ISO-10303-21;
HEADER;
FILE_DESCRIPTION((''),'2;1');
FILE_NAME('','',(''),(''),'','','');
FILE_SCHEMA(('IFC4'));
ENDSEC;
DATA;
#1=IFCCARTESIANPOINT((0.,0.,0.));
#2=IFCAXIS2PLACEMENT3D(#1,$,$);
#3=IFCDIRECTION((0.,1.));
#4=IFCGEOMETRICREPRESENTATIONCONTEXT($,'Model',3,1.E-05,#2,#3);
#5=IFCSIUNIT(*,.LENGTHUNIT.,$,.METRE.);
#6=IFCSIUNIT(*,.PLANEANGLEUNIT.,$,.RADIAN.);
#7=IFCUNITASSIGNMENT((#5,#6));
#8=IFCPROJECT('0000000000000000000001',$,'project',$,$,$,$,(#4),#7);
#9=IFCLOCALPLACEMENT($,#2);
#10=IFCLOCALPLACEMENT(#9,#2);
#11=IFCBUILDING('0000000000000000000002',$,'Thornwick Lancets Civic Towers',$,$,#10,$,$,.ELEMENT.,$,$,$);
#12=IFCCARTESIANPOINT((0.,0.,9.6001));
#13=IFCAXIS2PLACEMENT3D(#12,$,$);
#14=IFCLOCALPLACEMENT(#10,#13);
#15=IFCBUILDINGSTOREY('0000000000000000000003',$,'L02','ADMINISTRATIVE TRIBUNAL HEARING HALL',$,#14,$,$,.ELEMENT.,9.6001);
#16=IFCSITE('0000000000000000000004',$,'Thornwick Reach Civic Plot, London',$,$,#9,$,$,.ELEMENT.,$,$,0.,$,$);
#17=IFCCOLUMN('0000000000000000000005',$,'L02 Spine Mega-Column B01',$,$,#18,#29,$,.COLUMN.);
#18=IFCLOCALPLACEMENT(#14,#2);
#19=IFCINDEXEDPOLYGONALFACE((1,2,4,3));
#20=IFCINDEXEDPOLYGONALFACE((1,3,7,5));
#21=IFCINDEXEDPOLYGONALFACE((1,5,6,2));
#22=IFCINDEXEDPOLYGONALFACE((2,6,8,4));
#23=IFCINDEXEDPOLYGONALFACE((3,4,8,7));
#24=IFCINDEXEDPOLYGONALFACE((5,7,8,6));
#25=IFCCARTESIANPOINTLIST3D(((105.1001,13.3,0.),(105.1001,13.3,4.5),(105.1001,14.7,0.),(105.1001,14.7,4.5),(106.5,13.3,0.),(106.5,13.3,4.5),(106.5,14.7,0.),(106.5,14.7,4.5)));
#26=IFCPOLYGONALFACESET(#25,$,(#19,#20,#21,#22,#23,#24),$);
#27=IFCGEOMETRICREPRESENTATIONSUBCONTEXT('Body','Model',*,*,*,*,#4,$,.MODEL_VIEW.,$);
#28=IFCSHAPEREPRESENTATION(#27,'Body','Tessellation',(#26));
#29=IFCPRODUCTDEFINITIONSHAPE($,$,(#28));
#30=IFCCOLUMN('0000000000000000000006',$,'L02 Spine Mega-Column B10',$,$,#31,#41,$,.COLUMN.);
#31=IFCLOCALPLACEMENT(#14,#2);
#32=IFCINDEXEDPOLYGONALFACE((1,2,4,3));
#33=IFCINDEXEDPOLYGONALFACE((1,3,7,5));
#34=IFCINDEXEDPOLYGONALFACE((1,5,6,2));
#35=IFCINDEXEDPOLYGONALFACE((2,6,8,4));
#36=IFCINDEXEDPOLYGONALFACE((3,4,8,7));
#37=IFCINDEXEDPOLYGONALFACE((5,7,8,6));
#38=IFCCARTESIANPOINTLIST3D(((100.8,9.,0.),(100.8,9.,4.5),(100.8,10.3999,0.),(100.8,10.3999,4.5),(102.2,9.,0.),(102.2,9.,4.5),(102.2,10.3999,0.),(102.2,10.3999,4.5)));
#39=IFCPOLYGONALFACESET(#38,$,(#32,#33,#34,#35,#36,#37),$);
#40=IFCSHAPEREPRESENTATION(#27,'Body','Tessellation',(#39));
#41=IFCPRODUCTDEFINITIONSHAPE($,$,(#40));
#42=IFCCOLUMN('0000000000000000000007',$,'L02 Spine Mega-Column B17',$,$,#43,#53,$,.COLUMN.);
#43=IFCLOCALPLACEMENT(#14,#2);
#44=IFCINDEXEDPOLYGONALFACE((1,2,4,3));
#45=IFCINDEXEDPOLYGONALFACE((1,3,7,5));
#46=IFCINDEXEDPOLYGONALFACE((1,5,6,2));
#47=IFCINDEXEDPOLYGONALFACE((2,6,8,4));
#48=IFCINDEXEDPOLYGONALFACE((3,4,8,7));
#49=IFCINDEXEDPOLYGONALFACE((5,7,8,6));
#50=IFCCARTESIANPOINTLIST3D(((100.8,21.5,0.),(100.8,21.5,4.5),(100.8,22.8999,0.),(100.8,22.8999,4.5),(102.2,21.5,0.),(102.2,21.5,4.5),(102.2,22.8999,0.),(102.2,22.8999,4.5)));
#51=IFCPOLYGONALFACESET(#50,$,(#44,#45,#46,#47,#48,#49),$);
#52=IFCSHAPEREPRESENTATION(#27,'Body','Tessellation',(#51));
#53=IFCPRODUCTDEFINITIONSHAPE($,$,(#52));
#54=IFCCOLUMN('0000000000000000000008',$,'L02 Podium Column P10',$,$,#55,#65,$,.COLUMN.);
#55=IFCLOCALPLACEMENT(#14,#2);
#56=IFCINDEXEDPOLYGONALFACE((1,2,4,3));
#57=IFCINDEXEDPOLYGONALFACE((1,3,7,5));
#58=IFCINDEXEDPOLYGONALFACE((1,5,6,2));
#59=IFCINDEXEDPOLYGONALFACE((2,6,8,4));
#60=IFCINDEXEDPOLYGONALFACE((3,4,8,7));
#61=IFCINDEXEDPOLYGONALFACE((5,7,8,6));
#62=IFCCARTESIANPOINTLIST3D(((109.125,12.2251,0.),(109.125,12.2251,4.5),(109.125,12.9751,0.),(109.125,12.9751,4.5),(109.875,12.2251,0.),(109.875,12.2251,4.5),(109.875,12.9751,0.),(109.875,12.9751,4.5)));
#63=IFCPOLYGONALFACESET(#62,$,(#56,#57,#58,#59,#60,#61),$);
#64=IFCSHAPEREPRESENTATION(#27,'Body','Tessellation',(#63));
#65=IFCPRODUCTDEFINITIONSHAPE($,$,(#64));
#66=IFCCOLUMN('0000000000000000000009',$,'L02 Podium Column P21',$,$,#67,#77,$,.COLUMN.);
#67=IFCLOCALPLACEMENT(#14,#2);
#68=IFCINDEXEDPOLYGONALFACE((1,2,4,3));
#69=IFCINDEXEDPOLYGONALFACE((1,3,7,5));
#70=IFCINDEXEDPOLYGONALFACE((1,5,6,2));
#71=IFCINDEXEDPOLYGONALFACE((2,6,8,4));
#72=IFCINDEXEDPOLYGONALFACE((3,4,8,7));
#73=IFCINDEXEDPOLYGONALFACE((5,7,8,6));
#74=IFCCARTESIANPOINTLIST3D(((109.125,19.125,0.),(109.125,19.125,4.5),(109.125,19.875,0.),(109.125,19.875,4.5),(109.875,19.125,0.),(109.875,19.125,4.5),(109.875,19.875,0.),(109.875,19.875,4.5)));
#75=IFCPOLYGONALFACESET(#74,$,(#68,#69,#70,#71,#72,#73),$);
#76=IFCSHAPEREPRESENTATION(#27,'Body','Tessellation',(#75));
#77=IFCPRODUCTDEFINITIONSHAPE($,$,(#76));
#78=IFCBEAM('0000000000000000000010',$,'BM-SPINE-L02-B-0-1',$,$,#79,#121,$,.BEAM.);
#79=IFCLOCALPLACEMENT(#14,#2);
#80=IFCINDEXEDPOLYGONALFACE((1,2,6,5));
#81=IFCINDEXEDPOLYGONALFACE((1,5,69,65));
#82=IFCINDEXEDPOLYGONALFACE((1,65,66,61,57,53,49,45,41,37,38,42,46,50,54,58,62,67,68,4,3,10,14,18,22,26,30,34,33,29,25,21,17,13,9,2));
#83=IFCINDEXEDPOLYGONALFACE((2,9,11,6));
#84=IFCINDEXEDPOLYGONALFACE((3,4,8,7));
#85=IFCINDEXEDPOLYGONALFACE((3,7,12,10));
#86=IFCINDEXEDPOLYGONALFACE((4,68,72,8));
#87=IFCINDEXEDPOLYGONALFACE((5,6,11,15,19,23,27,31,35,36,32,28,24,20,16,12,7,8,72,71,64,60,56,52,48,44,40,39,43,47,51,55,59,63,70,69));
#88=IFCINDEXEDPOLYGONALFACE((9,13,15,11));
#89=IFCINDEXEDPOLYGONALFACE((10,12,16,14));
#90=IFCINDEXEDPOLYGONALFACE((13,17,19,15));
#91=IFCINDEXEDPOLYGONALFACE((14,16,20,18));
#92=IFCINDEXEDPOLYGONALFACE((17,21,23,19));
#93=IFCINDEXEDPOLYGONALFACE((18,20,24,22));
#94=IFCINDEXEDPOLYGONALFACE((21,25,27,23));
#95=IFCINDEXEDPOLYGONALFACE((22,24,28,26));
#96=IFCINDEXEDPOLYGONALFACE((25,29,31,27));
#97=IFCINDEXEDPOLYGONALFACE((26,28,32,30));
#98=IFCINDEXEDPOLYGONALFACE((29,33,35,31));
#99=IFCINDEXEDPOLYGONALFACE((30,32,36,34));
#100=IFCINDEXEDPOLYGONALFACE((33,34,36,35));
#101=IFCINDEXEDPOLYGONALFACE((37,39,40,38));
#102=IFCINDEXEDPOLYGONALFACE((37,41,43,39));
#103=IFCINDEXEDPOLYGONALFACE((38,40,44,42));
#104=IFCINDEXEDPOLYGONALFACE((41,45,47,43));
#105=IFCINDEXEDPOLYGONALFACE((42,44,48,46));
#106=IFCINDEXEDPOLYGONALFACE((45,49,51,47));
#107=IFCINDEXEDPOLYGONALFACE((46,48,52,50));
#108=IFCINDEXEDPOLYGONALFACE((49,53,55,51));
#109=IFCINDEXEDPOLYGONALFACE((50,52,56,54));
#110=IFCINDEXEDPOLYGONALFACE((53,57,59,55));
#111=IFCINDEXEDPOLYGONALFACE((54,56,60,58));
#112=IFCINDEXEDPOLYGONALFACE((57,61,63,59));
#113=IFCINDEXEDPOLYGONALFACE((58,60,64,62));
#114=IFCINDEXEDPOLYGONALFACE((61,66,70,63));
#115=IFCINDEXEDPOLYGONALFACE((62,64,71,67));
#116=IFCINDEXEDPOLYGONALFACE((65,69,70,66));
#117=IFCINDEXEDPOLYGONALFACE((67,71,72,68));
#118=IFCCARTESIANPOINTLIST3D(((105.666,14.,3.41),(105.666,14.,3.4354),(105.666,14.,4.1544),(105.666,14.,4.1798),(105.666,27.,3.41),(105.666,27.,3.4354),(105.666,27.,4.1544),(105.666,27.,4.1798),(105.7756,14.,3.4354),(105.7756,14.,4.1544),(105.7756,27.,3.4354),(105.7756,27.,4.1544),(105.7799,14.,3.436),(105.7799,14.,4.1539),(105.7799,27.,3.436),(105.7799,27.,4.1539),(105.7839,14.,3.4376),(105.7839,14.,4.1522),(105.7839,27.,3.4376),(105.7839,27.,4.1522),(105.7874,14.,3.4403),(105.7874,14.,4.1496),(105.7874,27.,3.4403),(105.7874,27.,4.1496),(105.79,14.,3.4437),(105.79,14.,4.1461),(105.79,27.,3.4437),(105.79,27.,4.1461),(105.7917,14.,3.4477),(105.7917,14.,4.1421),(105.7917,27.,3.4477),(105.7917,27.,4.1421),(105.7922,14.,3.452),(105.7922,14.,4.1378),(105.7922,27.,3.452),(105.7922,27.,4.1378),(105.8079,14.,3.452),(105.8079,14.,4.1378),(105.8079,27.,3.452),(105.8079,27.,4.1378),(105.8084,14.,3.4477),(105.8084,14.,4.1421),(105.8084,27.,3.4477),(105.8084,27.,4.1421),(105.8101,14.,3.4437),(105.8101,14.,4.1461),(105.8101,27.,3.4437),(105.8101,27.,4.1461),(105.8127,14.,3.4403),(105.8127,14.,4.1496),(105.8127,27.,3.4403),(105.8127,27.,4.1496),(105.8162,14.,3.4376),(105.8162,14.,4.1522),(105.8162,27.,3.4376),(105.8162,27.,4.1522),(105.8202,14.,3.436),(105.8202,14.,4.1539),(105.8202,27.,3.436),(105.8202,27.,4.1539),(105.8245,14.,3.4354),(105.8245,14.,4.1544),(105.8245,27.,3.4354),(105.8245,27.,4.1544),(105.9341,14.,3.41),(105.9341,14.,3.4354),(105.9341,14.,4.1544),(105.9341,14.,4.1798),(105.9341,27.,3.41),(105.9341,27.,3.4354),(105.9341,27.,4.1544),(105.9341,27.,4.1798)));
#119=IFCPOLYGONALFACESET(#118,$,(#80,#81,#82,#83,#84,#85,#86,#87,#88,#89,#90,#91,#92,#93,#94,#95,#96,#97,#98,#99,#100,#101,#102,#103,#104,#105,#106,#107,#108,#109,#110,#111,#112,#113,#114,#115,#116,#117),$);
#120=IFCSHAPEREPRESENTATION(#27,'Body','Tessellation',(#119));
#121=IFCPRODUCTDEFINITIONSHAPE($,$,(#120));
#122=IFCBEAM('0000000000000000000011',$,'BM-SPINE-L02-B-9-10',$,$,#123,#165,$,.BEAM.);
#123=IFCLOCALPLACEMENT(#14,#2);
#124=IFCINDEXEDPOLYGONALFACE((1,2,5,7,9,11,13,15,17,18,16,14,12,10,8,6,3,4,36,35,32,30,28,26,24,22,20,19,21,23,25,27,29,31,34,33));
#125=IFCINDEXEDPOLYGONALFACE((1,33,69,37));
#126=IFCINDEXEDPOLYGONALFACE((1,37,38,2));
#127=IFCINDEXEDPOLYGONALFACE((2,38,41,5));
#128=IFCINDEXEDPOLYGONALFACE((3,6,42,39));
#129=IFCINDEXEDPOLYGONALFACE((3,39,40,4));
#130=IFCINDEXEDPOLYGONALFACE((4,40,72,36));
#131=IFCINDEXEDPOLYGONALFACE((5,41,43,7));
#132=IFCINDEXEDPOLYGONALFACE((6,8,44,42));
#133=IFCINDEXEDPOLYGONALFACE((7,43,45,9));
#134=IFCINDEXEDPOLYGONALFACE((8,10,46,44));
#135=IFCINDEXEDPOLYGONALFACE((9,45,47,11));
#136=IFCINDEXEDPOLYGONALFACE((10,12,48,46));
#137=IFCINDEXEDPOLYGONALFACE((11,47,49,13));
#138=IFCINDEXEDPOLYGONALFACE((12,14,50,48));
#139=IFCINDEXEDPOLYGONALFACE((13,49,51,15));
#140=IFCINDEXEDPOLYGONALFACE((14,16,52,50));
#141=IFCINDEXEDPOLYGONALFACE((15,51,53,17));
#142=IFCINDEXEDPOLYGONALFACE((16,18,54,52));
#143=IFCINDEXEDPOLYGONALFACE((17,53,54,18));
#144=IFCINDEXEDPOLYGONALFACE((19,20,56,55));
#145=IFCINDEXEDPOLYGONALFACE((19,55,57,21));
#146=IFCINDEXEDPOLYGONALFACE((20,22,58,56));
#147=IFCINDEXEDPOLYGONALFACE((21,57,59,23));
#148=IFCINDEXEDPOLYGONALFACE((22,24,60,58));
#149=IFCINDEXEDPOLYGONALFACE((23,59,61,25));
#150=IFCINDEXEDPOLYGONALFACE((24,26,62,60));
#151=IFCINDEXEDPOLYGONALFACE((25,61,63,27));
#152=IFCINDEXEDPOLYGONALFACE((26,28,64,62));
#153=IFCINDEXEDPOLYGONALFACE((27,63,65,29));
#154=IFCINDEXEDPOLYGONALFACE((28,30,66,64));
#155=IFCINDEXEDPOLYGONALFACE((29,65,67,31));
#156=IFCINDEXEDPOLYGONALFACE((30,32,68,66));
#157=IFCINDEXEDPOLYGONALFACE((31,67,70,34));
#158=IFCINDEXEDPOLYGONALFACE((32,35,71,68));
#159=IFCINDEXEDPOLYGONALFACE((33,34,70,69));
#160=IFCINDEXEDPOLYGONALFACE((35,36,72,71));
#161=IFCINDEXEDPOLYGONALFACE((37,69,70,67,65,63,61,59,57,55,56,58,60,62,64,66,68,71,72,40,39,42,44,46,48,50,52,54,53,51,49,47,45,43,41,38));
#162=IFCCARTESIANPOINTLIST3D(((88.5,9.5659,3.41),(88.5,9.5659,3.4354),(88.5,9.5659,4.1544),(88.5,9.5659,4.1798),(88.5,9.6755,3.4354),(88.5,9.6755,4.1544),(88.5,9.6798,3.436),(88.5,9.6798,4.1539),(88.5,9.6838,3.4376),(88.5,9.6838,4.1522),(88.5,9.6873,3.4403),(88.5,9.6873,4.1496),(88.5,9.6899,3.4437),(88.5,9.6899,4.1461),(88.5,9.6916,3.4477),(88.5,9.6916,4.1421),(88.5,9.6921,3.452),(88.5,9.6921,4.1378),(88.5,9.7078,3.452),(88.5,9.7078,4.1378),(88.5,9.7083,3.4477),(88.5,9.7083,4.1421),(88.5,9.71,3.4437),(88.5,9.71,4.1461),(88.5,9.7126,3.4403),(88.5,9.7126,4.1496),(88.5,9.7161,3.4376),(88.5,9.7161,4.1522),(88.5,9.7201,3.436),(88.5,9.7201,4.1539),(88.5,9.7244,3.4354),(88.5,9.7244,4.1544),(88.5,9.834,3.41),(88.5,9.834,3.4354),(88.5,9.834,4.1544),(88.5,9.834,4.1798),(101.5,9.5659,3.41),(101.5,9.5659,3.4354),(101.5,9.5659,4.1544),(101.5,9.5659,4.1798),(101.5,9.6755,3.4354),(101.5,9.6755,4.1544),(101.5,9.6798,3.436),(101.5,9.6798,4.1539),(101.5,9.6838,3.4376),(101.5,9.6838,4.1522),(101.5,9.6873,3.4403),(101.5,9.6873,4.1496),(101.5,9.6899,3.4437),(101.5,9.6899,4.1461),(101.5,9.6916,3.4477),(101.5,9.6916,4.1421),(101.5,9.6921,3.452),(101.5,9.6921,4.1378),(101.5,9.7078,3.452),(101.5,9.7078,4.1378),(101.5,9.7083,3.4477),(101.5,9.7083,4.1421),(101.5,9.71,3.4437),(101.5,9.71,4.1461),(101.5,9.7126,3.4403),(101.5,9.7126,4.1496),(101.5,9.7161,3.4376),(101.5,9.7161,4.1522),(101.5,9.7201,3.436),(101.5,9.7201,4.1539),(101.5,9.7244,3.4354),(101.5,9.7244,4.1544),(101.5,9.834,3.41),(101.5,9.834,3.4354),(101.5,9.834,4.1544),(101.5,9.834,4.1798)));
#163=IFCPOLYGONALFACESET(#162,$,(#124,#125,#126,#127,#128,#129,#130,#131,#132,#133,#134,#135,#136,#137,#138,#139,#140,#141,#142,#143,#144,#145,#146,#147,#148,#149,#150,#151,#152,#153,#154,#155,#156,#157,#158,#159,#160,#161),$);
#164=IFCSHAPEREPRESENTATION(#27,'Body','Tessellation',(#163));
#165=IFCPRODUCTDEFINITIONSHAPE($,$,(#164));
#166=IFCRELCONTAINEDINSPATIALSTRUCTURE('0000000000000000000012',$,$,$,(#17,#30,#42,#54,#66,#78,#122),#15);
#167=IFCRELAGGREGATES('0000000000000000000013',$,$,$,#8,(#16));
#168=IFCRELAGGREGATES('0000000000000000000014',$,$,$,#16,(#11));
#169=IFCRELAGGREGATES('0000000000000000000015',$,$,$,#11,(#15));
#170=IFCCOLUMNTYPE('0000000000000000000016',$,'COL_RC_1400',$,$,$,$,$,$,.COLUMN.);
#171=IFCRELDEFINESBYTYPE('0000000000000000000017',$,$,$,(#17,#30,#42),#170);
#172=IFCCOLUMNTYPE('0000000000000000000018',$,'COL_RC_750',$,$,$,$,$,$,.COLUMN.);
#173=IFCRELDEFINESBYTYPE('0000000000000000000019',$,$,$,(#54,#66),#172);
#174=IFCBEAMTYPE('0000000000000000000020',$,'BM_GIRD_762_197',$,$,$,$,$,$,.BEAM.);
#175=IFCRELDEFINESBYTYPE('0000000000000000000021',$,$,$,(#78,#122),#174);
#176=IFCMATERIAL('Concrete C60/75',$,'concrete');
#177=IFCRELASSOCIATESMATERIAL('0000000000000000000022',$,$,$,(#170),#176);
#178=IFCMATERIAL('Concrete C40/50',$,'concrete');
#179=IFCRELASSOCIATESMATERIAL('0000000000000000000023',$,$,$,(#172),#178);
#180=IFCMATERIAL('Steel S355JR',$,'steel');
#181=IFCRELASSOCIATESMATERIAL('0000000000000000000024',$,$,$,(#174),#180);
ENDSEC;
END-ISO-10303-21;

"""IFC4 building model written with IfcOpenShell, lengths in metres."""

from ifc_helpers import new_model, si_unit, direction, frame, origin, origin_2d, place, context, subcontext, project, spatial, rectangle, i_section, extrude, material, material_profile, profile_set, type_object, element, save


model = new_model("IFC4")

# Units and contexts
model_context = context("Model", 3, precision=1e-05, world=origin(), true_north=direction((0.0, 1.0)))
body_context = subcontext(model_context, "Body", "Model", "MODEL_VIEW")
ifc_project = project(units=[si_unit("LENGTHUNIT", "METRE"), si_unit("PLANEANGLEUNIT", "RADIAN")], contexts=[model_context])

# Site, building, storey
site_placement = place(None, origin())
site = spatial("IfcSite", under=ifc_project, at=site_placement, Name="Thornwick Reach Civic Plot, London", CompositionType="ELEMENT", RefElevation=0.0)
building_placement = place(site_placement, origin())
building = spatial("IfcBuilding", under=site, at=building_placement, Name="Thornwick Lancets Civic Towers", CompositionType="ELEMENT")
storey_placement = place(building_placement, frame((0.0, 0.0, 9.6001)))
storey = spatial("IfcBuildingStorey", under=building, at=storey_placement, Name="L02", Description="ADMINISTRATIVE TRIBUNAL HEARING HALL", CompositionType="ELEMENT", Elevation=9.6001)

# Columns
ifc_material_1 = material(Name="Concrete C60/75", Category="concrete")
ifc_material_profile_1 = material_profile(ifc_material_1, rectangle(XDim=1.3999, YDim=1.3999, at=origin_2d()), Name="RC 1400x1400")
ifc_profile_set_1 = profile_set([ifc_material_profile_1], Name="Concrete C60/75")
column_type_1 = type_object("IfcColumnType", Name="COL_RC_1400", PredefinedType="COLUMN", material=ifc_profile_set_1)
for number, where, z_axis, x_axis, name in (
    (1, (105.8, 14.0, 0.0), (0.0, 0.0, 1.0), (1.0, 0.0, 0.0), "L02 Spine Mega-Column B01"),
    (2, (101.5, 9.7, 0.0), (0.0, 0.0, 1.0), (1.0, 0.0, 0.0), "L02 Spine Mega-Column B10"),
    (3, (101.5, 22.2, 0.0), (0.0, 0.0, 1.0), (1.0, 0.0, 0.0), "L02 Spine Mega-Column B17"),
):
    element("IfcColumn", number, at=place(storey_placement, frame(where, z_axis=z_axis, x_axis=x_axis)), inside=storey, type_object=column_type_1, Name=name, PredefinedType="COLUMN", context=body_context, shape_type="SweptSolid", body=[
        extrude(rectangle(XDim=1.3999, YDim=1.3999, at=origin_2d()), origin(), (0.0, 0.0, 1.0), 4.5),
    ])
ifc_material_2 = material(Name="Concrete C40/50", Category="concrete")
ifc_material_profile_2 = material_profile(ifc_material_2, rectangle(XDim=0.75, YDim=0.75, at=origin_2d()), Name="RC 750x750")
ifc_profile_set_2 = profile_set([ifc_material_profile_2], Name="Concrete C40/50")
column_type_2 = type_object("IfcColumnType", Name="COL_RC_750", PredefinedType="COLUMN", material=ifc_profile_set_2)
for number, where, z_axis, x_axis, name in (
    (4, (109.5, 12.6001, 0.0), (0.0, 0.0, 1.0), (1.0, 0.0, 0.0), "L02 Podium Column P10"),
    (5, (109.5, 19.5, 0.0), (0.0, 0.0, 1.0), (1.0, 0.0, 0.0), "L02 Podium Column P21"),
):
    element("IfcColumn", number, at=place(storey_placement, frame(where, z_axis=z_axis, x_axis=x_axis)), inside=storey, type_object=column_type_2, Name=name, PredefinedType="COLUMN", context=body_context, shape_type="SweptSolid", body=[
        extrude(rectangle(XDim=0.75, YDim=0.75, at=origin_2d()), origin(), (0.0, 0.0, 1.0), 4.5),
    ])

# Beams
ifc_material_3 = material(Name="Steel S355JR", Category="steel")
ifc_material_profile_3 = material_profile(ifc_material_3, i_section(OverallWidth=0.2681, OverallDepth=0.7698, WebThickness=0.0156, FlangeThickness=0.0254, FilletRadius=0.0166, at=origin_2d()), Name="UKB 762x267x197")
ifc_profile_set_3 = profile_set([ifc_material_profile_3], Name="Steel S355JR")
beam_type_1 = type_object("IfcBeamType", Name="BM_GIRD_762_197", PredefinedType="BEAM", material=ifc_profile_set_3)
for number, where, z_axis, x_axis, name in (
    (6, (105.8, 14.0, 3.7949), (0.0, 1.0, 0.0), (-1.0, 0.0, 0.0), "BM-SPINE-L02-B-0-1"),
    (7, (101.5, 9.7, 3.7949), (-1.0, 0.0, 0.0), (0.0, -1.0, 0.0), "BM-SPINE-L02-B-9-10"),
):
    element("IfcBeam", number, at=place(storey_placement, frame(where, z_axis=z_axis, x_axis=x_axis)), inside=storey, type_object=beam_type_1, Name=name, PredefinedType="BEAM", context=body_context, shape_type="SweptSolid", body=[
        extrude(i_section(OverallWidth=0.2681, OverallDepth=0.7698, WebThickness=0.0156, FlangeThickness=0.0254, FilletRadius=0.0166, at=origin_2d()), origin(), (0.0, 0.0, 1.0), 13.0),
    ])

save(model, "model.ifc")
